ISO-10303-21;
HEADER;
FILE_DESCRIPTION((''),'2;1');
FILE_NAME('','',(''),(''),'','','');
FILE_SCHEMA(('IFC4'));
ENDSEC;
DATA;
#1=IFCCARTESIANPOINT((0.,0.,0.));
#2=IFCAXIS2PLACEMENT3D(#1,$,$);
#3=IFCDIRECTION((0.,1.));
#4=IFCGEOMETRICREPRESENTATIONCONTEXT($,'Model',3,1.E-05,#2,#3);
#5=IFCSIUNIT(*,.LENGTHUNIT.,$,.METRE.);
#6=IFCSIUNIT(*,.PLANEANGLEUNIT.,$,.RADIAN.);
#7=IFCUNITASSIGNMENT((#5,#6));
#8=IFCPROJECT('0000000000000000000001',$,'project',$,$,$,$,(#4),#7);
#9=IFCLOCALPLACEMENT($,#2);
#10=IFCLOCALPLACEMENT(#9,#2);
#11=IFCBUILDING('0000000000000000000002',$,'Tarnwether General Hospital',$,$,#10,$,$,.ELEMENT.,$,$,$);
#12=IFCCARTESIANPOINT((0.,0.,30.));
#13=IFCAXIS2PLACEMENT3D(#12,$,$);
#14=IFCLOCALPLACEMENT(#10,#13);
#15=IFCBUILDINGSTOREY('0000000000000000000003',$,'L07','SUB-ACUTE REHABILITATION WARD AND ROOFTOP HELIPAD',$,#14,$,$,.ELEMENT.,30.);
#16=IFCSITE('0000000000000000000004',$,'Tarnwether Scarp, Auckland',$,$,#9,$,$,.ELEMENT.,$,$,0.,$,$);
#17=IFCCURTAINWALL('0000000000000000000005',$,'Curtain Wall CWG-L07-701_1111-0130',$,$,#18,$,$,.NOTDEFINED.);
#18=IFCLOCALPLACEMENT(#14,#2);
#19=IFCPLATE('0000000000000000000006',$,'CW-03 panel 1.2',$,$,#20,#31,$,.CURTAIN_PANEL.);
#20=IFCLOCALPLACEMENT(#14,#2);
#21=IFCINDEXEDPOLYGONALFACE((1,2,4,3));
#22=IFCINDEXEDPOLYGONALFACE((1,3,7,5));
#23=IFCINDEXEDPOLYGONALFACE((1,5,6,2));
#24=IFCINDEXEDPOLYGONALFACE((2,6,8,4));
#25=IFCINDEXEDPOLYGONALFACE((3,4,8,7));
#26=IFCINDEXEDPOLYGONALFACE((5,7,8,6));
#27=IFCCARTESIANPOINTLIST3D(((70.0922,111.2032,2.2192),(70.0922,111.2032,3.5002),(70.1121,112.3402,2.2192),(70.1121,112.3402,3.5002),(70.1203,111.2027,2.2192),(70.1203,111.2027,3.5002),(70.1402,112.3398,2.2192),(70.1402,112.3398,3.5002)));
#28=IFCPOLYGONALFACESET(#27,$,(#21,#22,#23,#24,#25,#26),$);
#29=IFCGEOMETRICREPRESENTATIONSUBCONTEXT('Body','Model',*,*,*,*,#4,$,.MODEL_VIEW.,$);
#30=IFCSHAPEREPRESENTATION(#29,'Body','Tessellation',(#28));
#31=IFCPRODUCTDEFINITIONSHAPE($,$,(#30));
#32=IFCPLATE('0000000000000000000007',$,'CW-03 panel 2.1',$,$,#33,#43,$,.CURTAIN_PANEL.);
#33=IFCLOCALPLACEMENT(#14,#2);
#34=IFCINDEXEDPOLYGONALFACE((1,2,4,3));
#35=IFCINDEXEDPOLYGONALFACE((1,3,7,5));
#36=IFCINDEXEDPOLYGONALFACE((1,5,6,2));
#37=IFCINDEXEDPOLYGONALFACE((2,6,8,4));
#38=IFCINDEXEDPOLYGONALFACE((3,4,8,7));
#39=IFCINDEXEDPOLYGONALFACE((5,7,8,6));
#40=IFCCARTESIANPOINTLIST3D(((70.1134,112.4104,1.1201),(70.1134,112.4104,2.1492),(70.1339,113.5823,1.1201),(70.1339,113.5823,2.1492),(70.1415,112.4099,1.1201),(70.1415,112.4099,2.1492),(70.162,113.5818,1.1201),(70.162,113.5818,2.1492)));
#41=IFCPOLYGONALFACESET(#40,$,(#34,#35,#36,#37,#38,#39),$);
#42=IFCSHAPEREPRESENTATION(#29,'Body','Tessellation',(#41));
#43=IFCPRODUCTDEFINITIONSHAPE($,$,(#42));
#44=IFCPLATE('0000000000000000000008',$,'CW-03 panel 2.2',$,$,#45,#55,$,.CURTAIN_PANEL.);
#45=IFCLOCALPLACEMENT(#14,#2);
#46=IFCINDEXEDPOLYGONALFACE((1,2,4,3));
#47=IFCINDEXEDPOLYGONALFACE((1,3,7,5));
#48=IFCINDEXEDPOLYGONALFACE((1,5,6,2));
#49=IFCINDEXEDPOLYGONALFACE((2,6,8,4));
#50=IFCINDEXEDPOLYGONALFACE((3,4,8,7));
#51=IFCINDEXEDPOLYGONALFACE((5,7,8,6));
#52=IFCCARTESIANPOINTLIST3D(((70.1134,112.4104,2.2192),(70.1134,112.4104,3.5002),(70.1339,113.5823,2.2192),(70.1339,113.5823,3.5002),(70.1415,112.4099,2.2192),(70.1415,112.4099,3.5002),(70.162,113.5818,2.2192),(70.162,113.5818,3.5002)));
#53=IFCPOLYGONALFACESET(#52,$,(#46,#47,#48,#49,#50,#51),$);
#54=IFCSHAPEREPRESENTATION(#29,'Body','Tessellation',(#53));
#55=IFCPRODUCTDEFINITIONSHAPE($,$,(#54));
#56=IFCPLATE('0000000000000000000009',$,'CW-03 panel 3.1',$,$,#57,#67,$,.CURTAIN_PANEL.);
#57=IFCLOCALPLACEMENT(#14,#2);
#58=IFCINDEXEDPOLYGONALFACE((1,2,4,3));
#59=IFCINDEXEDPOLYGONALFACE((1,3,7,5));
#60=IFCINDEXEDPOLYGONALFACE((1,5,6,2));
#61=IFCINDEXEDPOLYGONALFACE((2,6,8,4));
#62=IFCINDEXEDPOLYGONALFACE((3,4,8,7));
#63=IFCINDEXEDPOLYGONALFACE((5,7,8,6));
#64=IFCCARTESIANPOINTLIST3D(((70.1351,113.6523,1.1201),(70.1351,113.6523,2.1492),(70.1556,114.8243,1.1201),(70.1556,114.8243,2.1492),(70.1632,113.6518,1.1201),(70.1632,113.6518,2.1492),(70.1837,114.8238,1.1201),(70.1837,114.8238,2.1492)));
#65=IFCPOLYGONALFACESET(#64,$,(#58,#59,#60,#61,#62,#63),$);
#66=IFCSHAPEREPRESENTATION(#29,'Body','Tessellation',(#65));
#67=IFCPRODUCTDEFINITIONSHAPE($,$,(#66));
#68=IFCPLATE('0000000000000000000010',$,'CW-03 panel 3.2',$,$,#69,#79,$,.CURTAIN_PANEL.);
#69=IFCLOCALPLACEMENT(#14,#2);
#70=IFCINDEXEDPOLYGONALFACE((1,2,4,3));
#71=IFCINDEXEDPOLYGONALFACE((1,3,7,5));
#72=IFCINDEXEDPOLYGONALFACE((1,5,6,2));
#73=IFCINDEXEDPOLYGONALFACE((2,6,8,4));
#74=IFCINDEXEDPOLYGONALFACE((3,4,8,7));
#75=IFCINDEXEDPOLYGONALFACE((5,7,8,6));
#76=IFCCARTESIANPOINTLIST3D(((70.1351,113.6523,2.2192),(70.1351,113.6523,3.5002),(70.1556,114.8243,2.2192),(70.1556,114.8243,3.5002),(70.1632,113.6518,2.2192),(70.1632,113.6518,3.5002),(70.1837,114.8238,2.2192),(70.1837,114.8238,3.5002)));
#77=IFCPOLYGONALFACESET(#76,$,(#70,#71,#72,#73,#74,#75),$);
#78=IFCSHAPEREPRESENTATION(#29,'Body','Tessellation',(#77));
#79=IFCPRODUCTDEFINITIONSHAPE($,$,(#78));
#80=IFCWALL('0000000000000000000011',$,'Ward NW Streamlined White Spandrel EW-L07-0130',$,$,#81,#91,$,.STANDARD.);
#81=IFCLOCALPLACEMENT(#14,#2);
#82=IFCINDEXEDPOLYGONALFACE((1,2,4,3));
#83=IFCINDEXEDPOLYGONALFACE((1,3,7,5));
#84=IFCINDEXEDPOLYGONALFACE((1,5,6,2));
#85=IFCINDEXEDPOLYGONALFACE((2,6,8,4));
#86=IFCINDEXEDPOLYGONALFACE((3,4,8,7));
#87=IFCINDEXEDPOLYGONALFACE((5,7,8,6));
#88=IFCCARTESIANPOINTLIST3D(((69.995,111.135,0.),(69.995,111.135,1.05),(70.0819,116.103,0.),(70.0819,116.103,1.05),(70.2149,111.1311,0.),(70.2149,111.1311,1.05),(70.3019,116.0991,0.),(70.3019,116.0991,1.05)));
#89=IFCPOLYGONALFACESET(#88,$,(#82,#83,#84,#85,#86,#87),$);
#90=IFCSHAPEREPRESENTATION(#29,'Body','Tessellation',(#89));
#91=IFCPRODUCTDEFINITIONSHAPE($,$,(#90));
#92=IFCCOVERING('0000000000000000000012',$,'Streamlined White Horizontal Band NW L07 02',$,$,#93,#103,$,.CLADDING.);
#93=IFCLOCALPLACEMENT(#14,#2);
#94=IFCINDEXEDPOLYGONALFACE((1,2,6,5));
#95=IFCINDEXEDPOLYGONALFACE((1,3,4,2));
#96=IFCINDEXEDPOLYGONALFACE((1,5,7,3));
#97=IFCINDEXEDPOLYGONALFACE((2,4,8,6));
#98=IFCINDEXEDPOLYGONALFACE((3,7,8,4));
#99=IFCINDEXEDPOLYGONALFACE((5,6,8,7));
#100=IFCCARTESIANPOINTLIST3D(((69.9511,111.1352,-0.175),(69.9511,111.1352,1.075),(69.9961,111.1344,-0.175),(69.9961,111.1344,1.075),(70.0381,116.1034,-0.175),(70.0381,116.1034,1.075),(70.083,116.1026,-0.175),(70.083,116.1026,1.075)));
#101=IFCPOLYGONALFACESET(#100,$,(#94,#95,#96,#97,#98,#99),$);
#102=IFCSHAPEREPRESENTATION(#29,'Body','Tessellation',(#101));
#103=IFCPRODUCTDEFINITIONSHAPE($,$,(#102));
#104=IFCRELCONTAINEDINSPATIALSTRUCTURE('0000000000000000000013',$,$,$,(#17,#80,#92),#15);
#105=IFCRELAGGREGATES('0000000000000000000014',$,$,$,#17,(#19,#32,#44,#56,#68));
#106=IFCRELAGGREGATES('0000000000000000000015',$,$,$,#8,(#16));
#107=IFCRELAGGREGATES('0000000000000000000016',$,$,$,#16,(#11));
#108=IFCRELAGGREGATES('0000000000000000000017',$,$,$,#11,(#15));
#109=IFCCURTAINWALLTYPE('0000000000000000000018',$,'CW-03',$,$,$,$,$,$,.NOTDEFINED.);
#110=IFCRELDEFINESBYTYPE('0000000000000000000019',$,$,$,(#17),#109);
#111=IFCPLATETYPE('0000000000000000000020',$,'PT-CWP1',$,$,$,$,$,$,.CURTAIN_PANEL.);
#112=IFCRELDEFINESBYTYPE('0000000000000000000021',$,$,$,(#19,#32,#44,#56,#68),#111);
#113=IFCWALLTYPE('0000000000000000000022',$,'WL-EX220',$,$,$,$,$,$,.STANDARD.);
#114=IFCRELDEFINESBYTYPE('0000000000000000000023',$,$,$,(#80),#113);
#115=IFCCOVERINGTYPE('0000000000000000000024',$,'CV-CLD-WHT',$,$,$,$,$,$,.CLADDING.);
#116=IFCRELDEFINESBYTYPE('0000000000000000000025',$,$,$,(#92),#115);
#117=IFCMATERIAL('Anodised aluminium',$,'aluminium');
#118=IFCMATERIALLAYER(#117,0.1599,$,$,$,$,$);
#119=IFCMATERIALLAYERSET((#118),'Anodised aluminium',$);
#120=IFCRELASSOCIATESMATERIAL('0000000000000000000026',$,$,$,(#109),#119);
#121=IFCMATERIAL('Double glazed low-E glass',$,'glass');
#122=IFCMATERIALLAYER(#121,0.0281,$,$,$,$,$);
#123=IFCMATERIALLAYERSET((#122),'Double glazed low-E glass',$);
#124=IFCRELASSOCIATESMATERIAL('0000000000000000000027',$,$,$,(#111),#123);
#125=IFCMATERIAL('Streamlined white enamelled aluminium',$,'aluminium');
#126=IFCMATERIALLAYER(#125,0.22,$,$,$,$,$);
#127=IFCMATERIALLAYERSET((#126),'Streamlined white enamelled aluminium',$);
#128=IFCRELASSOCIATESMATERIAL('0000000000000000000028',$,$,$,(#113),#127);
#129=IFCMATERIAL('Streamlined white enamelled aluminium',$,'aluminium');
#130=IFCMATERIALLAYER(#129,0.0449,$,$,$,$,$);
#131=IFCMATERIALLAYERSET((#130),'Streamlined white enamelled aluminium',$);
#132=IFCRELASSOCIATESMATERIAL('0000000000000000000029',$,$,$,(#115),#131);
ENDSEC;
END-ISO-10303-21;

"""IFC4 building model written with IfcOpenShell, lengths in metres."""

from ifc_helpers import new_model, si_unit, direction, frame, frame_2d, origin, origin_2d, place, context, subcontext, project, spatial, rectangle, extrude, material, layer, layer_set, type_object, element, aggregate, save


model = new_model("IFC4")

# Units and contexts
model_context = context("Model", 3, precision=1e-05, world=origin(), true_north=direction((0.0, 1.0)))
body_context = subcontext(model_context, "Body", "Model", "MODEL_VIEW")
ifc_project = project(units=[si_unit("LENGTHUNIT", "METRE"), si_unit("PLANEANGLEUNIT", "RADIAN")], contexts=[model_context])

# Site, building, storey
site_placement = place(None, origin())
site = spatial("IfcSite", under=ifc_project, at=site_placement, Name="Tarnwether Scarp, Auckland", CompositionType="ELEMENT", RefElevation=0.0)
building_placement = place(site_placement, origin())
building = spatial("IfcBuilding", under=site, at=building_placement, Name="Tarnwether General Hospital", CompositionType="ELEMENT")
storey_placement = place(building_placement, frame((0.0, 0.0, 30.0)))
storey = spatial("IfcBuildingStorey", under=building, at=storey_placement, Name="L07", Description="SUB-ACUTE REHABILITATION WARD AND ROOFTOP HELIPAD", CompositionType="ELEMENT", Elevation=30.0)

# Curtain wall, plates
ifc_material_1 = material(Name="Anodised aluminium", Category="aluminium")
ifc_layer_1 = layer(ifc_material_1, 0.1599)
ifc_layer_set_1 = layer_set([ifc_layer_1], Name="Anodised aluminium")
curtain_wall_type = type_object("IfcCurtainWallType", Name="CW-03", PredefinedType="NOTDEFINED", material=ifc_layer_set_1)
curtain_wall_placement = place(storey_placement, origin())
curtain_wall = element("IfcCurtainWall", 1, at=curtain_wall_placement, inside=storey, type_object=curtain_wall_type, Name="Curtain Wall CWG-L07-701_1111-0130", PredefinedType="NOTDEFINED")
ifc_material_2 = material(Name="Double glazed low-E glass", Category="glass")
ifc_layer_2 = layer(ifc_material_2, 0.0281)
ifc_layer_set_2 = layer_set([ifc_layer_2], Name="Double glazed low-E glass")
plate_type = type_object("IfcPlateType", Name="PT-CWP1", PredefinedType="CURTAIN_PANEL", material=ifc_layer_set_2)
plate_1_placement = place(storey_placement, frame((70.1162, 111.7715, 2.2192), z_axis=(0.0, 0.0, 1.0), x_axis=(0.017509, 0.999847, 0.0)))
plate_1 = element("IfcPlate", 2, at=plate_1_placement, type_object=plate_type, Name="CW-03 panel 1.2", PredefinedType="CURTAIN_PANEL", context=body_context, shape_type="SweptSolid", body=[
    extrude(rectangle(XDim=1.1372, YDim=0.0281, at=origin_2d()), origin(), (0.0, 0.0, 1.0), 1.281),
])
plate_2_placement = place(storey_placement, frame((70.1377, 112.9961, 1.1201), z_axis=(0.0, 0.0, 1.0), x_axis=(0.017509, 0.999847, 0.0)))
plate_2 = element("IfcPlate", 3, at=plate_2_placement, type_object=plate_type, Name="CW-03 panel 2.1", PredefinedType="CURTAIN_PANEL", context=body_context, shape_type="SweptSolid", body=[
    extrude(rectangle(XDim=1.1721, YDim=0.0281, at=origin_2d()), origin(), (0.0, 0.0, 1.0), 1.0291),
])
plate_3_placement = place(storey_placement, frame((70.1377, 112.9961, 2.2192), z_axis=(0.0, 0.0, 1.0), x_axis=(0.017509, 0.999847, 0.0)))
plate_3 = element("IfcPlate", 4, at=plate_3_placement, type_object=plate_type, Name="CW-03 panel 2.2", PredefinedType="CURTAIN_PANEL", context=body_context, shape_type="SweptSolid", body=[
    extrude(rectangle(XDim=1.1721, YDim=0.0281, at=origin_2d()), origin(), (0.0, 0.0, 1.0), 1.281),
])
plate_4_placement = place(storey_placement, frame((70.1594, 114.238, 1.1201), z_axis=(0.0, 0.0, 1.0), x_axis=(0.017509, 0.999847, 0.0)))
plate_4 = element("IfcPlate", 5, at=plate_4_placement, type_object=plate_type, Name="CW-03 panel 3.1", PredefinedType="CURTAIN_PANEL", context=body_context, shape_type="SweptSolid", body=[
    extrude(rectangle(XDim=1.1721, YDim=0.0281, at=origin_2d()), origin(), (0.0, 0.0, 1.0), 1.0291),
])
plate_5_placement = place(storey_placement, frame((70.1594, 114.238, 2.2192), z_axis=(0.0, 0.0, 1.0), x_axis=(0.017509, 0.999847, 0.0)))
plate_5 = element("IfcPlate", 6, at=plate_5_placement, type_object=plate_type, Name="CW-03 panel 3.2", PredefinedType="CURTAIN_PANEL", context=body_context, shape_type="SweptSolid", body=[
    extrude(rectangle(XDim=1.1721, YDim=0.0281, at=origin_2d()), origin(), (0.0, 0.0, 1.0), 1.281),
])
aggregate(curtain_wall, [plate_1, plate_2, plate_3, plate_4, plate_5])

# Wall
ifc_material_3 = material(Name="Streamlined white enamelled aluminium", Category="aluminium")
ifc_layer_3 = layer(ifc_material_3, 0.22)
ifc_layer_set_3 = layer_set([ifc_layer_3], Name="Streamlined white enamelled aluminium")
wall_type = type_object("IfcWallType", Name="WL-EX220", PredefinedType="STANDARD", material=ifc_layer_set_3)
wall_placement = place(storey_placement, frame((70.105, 111.1331, 0.0), z_axis=(0.0, 0.0, 1.0), x_axis=(0.017492, 0.999847, 0.0)))
element("IfcWall", 7, at=wall_placement, inside=storey, type_object=wall_type, Name="Ward NW Streamlined White Spandrel EW-L07-0130", PredefinedType="STANDARD", context=body_context, shape_type="SweptSolid", body=[
    extrude(rectangle(XDim=4.9688, YDim=0.22, at=frame_2d((2.4844, 0.0))), origin(), (0.0, 0.0, 1.0), 1.05),
])

# Covering
ifc_material_4 = material(Name="Streamlined white enamelled aluminium", Category="aluminium")
ifc_layer_4 = layer(ifc_material_4, 0.0449)
ifc_layer_set_4 = layer_set([ifc_layer_4], Name="Streamlined white enamelled aluminium")
covering_type = type_object("IfcCoveringType", Name="CV-CLD-WHT", PredefinedType="CLADDING", material=ifc_layer_set_4)
covering_placement = place(storey_placement, frame((70.0171, 113.6189, -0.175), z_axis=(0.0, 0.0, 1.0), x_axis=(0.017505, 0.999847, 0.0)))
element("IfcCovering", 8, at=covering_placement, inside=storey, type_object=covering_type, Name="Streamlined White Horizontal Band NW L07 02", PredefinedType="CLADDING", context=body_context, shape_type="SweptSolid", body=[
    extrude(rectangle(XDim=4.969, YDim=0.0449, at=origin_2d()), origin(), (0.0, 0.0, 1.0), 1.25),
])

save(model, "model.ifc")
